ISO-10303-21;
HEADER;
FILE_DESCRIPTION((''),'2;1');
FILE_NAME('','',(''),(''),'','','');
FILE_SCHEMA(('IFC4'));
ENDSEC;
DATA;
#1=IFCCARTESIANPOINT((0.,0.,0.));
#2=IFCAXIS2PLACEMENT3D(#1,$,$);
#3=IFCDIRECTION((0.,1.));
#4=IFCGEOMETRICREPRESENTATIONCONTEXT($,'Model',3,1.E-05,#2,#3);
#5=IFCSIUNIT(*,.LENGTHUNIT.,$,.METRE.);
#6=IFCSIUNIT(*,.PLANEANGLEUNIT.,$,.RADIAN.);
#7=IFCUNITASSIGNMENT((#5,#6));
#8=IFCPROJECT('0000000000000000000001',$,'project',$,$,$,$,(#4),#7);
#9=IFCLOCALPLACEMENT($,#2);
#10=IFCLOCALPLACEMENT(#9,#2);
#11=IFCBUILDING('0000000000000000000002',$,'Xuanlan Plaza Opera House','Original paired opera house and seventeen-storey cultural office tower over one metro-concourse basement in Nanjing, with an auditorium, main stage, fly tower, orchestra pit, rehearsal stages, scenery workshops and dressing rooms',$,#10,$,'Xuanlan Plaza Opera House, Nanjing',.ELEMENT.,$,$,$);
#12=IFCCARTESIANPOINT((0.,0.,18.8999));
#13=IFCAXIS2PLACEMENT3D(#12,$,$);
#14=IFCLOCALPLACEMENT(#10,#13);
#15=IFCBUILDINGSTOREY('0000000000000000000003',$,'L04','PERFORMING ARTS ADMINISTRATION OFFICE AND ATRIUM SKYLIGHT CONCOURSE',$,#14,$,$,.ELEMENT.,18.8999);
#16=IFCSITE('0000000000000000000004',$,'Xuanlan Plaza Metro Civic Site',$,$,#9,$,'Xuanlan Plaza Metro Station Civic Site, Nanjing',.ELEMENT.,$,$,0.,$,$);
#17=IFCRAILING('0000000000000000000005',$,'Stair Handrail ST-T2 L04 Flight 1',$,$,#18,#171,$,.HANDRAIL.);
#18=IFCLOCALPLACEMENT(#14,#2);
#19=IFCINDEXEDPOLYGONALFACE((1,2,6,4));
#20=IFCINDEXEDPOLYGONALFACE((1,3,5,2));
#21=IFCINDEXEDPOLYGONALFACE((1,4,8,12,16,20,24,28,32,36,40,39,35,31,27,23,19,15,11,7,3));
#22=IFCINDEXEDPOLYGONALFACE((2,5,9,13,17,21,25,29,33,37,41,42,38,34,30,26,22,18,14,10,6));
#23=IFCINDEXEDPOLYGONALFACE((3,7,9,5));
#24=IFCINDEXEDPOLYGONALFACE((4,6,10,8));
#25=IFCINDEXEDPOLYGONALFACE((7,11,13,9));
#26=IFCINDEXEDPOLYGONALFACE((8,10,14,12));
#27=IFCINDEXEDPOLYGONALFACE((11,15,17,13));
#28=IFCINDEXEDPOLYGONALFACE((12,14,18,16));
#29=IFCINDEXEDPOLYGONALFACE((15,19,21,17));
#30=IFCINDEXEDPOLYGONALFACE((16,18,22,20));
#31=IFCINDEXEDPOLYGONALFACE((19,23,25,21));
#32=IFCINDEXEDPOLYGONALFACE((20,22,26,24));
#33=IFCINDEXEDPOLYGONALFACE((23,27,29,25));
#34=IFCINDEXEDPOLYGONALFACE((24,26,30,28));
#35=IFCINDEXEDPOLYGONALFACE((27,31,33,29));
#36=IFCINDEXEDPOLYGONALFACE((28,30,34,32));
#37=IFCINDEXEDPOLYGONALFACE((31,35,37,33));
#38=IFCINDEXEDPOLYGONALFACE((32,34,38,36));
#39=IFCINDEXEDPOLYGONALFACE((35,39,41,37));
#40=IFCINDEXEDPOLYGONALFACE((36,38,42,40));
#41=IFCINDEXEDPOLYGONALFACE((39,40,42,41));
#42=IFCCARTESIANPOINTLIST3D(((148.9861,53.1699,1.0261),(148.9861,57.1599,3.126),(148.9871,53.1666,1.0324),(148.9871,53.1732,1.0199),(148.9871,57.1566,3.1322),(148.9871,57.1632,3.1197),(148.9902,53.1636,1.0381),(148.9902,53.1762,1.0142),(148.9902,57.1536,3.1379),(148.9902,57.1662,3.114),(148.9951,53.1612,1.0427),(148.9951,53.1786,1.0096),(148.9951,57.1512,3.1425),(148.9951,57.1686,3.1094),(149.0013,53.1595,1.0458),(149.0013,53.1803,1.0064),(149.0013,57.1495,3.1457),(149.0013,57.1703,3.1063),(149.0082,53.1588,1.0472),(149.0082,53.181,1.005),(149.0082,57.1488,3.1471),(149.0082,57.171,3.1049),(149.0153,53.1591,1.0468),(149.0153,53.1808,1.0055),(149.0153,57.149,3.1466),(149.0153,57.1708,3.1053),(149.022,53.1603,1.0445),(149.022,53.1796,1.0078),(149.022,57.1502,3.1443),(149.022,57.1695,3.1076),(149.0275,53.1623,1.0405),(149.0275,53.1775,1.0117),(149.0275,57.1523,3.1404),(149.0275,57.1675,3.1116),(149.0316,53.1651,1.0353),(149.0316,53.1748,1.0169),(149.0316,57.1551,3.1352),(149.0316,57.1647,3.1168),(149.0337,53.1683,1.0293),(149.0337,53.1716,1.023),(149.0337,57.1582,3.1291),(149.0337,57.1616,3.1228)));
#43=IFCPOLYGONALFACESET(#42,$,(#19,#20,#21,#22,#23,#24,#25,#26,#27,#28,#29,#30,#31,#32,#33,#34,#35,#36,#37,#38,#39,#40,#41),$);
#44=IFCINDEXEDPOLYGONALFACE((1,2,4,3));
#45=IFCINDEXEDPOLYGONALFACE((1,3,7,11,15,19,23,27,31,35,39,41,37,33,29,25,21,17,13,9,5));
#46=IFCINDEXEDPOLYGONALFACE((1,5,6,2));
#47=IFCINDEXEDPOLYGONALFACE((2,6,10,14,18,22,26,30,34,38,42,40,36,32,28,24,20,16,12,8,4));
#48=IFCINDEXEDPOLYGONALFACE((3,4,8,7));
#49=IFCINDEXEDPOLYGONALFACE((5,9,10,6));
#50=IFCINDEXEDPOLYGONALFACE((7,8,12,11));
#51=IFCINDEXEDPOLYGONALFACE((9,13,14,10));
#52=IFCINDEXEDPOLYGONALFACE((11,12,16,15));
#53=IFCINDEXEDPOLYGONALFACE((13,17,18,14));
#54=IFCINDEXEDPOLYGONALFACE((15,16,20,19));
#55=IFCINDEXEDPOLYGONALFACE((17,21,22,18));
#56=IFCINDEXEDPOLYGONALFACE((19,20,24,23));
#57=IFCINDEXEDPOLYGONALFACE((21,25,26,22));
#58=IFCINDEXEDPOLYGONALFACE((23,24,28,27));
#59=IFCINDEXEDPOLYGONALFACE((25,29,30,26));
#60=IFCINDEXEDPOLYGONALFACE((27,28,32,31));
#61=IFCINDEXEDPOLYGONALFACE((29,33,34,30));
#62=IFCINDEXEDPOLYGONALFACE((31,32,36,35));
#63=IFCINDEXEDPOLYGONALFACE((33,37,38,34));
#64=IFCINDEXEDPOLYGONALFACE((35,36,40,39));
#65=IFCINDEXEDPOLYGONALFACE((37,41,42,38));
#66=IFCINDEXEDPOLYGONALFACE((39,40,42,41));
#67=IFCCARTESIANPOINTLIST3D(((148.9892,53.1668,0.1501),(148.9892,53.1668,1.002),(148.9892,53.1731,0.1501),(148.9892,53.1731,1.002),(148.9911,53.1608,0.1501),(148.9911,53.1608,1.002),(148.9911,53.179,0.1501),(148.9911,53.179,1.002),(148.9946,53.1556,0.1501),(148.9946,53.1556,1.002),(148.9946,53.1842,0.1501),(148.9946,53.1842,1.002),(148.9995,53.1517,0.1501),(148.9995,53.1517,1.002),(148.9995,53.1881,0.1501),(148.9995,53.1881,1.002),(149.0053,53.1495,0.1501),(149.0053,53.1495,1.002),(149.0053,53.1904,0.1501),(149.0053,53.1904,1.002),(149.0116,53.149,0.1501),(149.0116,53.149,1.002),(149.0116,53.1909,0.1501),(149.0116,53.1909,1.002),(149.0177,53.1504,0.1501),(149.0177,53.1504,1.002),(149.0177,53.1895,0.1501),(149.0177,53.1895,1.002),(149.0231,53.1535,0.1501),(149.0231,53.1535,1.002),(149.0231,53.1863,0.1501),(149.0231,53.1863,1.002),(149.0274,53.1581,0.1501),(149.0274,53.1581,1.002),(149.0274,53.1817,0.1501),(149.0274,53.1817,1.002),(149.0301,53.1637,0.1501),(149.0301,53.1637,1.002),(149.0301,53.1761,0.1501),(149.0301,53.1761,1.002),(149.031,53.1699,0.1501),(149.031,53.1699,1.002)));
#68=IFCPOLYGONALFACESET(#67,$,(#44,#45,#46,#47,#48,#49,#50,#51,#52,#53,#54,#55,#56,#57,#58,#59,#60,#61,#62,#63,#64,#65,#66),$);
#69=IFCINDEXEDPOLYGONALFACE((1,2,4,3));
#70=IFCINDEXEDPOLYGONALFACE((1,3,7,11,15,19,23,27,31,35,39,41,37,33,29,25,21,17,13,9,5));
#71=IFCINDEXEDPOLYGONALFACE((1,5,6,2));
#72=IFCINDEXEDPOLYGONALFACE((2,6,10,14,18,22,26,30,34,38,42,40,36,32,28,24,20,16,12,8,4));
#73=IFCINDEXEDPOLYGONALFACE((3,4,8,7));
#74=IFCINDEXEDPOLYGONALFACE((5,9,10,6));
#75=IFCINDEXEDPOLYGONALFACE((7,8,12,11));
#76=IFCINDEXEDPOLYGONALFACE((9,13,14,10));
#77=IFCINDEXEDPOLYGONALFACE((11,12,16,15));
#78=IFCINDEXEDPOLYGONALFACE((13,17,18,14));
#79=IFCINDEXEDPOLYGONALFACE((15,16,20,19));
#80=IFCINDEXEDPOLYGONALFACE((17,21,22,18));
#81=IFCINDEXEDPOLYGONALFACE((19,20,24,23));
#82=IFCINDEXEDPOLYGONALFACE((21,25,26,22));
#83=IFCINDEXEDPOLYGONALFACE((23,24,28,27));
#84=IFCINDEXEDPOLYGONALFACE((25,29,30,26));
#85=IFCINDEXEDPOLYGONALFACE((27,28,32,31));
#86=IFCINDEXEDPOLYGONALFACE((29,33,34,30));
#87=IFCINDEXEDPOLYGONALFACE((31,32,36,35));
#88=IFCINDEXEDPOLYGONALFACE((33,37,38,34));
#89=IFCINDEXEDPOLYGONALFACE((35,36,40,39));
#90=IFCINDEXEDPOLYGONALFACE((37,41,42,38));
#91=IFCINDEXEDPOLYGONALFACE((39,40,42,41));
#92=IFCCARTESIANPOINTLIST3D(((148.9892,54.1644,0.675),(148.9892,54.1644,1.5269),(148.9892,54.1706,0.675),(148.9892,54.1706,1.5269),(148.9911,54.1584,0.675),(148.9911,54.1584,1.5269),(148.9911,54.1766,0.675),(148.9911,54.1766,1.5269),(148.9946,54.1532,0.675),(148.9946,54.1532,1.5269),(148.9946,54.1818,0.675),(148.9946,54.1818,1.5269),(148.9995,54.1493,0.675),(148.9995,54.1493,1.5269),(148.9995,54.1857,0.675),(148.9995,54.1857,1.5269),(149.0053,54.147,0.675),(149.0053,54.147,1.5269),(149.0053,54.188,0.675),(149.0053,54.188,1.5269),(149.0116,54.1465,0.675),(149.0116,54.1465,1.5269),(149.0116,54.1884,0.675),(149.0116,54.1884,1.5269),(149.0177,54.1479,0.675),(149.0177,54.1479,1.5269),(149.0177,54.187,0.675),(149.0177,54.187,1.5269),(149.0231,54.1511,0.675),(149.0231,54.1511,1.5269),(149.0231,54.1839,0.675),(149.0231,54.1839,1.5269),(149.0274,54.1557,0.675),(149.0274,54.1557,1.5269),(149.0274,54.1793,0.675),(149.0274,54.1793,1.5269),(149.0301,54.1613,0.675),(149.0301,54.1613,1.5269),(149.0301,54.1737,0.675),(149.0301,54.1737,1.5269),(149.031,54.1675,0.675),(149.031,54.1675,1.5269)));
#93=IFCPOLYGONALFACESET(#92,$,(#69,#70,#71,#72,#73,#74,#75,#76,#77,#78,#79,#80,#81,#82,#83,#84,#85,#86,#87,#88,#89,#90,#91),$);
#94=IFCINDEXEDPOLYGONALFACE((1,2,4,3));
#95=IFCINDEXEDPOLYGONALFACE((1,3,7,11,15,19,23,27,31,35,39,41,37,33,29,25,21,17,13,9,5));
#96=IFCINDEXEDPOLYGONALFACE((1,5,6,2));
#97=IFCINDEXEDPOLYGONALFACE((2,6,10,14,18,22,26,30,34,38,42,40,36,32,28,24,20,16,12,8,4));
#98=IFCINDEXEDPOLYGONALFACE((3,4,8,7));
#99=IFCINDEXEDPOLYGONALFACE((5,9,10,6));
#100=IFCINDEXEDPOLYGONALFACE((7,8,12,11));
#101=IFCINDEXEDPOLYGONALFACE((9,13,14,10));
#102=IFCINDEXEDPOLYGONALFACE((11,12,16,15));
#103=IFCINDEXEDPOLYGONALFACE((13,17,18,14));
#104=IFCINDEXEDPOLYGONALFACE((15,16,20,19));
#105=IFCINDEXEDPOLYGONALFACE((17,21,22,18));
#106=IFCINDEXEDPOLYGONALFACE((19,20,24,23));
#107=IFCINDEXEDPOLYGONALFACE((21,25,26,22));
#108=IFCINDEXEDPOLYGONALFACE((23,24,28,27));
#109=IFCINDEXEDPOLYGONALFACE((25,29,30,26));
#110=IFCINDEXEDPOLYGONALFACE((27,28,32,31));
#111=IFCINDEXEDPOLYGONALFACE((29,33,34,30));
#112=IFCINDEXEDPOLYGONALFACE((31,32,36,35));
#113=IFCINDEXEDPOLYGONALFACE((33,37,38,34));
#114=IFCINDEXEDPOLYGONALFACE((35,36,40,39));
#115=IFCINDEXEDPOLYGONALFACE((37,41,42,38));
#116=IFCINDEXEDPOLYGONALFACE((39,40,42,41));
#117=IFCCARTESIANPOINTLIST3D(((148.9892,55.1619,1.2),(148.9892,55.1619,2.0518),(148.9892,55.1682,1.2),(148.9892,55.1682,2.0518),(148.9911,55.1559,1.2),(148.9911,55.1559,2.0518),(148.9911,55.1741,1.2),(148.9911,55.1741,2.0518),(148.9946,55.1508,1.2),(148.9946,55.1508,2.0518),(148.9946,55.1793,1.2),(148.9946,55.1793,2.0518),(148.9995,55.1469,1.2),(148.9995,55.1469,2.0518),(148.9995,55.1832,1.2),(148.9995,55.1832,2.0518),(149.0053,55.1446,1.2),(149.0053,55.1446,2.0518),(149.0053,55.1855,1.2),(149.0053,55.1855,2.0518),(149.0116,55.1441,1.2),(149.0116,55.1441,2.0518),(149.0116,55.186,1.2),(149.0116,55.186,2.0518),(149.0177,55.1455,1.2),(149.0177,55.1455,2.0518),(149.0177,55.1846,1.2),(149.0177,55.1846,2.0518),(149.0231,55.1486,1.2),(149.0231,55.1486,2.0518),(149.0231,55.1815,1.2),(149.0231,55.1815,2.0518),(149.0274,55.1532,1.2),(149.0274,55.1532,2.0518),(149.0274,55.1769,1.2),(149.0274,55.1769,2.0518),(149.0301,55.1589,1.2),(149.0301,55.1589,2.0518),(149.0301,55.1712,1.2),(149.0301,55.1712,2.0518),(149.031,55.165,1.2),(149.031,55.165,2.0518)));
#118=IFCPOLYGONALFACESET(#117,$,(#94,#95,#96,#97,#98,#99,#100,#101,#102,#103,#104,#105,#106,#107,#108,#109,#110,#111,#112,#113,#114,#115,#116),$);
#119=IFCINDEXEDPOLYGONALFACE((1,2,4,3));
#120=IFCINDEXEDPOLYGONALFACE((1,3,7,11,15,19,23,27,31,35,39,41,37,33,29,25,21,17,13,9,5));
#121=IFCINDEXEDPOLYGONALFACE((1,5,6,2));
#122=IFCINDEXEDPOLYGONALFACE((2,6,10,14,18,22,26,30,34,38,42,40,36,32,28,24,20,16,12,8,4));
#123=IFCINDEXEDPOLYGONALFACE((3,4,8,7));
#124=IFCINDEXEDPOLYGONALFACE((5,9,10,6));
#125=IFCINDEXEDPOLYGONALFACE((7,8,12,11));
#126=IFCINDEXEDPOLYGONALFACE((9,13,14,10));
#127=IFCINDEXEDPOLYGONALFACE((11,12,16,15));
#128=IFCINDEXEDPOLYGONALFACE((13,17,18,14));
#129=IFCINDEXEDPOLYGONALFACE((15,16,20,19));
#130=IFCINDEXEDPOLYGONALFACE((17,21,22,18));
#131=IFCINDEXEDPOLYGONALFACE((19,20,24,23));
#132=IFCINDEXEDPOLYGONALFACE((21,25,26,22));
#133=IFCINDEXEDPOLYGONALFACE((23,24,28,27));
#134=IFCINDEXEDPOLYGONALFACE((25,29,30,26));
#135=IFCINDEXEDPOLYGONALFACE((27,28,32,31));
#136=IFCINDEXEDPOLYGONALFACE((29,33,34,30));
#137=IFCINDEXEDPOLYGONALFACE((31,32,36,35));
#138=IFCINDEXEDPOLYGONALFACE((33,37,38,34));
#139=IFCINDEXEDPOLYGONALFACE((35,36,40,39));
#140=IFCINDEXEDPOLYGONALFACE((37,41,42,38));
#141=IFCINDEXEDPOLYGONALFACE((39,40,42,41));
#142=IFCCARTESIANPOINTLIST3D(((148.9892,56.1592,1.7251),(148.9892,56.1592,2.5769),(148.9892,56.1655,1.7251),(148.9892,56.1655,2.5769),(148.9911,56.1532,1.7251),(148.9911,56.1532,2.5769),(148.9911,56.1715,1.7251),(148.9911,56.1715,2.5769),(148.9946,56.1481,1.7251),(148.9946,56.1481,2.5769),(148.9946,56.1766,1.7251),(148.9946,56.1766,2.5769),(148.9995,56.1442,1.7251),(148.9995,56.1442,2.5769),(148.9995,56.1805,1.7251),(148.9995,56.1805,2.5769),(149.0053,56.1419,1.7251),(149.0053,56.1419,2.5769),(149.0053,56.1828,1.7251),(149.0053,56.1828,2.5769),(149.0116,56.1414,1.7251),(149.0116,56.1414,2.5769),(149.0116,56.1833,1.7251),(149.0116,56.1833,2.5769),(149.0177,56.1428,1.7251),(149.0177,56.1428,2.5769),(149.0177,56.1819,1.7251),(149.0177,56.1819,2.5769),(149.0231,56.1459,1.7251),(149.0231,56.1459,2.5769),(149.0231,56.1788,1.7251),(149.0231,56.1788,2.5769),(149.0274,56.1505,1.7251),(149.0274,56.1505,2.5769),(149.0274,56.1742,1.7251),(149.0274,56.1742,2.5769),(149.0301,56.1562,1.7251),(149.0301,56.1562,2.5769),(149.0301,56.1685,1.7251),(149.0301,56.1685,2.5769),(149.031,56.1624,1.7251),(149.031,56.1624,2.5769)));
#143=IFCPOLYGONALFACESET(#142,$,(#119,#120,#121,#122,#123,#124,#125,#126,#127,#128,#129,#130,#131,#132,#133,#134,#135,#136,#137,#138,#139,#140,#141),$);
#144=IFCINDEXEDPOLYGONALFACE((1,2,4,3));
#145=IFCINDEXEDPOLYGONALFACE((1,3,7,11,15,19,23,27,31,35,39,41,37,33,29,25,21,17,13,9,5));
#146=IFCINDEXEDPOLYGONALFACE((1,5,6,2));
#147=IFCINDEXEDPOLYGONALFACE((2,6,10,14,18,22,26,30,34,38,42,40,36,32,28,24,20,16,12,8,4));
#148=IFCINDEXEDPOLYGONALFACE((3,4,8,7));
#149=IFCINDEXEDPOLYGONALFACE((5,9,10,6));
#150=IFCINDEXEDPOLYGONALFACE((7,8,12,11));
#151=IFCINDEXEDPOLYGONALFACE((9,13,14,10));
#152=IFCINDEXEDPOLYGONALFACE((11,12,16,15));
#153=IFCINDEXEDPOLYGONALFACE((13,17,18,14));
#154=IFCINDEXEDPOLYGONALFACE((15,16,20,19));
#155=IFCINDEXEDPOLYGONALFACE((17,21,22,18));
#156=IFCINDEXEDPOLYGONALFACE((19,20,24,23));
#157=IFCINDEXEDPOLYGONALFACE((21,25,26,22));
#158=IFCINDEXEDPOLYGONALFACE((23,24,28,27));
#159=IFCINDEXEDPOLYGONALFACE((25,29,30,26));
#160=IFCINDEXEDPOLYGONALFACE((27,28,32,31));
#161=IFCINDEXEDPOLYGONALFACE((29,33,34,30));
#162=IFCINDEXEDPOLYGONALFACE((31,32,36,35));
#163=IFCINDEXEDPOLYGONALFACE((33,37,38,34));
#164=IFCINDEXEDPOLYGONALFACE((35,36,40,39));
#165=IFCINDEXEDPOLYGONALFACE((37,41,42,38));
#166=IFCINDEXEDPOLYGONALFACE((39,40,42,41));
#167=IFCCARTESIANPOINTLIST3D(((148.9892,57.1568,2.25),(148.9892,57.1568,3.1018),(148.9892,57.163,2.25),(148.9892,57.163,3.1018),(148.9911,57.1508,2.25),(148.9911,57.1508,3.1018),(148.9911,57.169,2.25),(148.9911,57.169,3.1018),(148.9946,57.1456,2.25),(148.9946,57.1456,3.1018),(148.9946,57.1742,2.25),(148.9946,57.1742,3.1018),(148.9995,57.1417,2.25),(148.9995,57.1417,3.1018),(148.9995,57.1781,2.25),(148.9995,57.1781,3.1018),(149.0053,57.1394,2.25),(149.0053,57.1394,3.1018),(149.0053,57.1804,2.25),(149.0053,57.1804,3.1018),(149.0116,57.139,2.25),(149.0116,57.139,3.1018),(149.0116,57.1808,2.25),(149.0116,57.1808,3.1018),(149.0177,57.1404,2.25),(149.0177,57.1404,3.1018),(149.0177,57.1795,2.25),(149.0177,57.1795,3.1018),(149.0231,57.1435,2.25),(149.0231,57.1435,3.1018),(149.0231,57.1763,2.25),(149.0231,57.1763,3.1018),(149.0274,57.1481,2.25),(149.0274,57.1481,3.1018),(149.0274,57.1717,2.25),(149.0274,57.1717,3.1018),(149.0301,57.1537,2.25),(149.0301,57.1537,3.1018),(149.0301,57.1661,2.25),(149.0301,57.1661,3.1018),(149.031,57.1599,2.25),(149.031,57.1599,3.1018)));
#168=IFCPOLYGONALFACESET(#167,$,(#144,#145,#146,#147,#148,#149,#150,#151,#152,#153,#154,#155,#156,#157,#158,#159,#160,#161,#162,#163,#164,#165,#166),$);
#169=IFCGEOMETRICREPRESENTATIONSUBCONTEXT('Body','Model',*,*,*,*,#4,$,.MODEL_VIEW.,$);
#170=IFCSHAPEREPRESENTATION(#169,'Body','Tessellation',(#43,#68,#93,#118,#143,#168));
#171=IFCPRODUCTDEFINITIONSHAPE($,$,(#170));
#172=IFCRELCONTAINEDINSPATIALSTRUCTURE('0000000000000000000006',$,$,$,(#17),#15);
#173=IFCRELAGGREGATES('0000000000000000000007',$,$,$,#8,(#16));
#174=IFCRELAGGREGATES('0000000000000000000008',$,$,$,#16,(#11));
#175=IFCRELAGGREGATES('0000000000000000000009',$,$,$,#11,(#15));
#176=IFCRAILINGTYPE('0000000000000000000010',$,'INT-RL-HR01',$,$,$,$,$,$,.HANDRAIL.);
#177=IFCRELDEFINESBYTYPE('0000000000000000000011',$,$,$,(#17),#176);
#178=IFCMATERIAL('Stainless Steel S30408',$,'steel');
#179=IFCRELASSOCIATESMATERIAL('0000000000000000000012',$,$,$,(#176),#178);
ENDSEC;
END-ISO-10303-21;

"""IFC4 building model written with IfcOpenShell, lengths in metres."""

from ifc_helpers import new_model, si_unit, direction, frame, origin, origin_2d, place, context, subcontext, project, spatial, circle, extrude, material, type_object, element, save


model = new_model("IFC4")

# Units and contexts
model_context = context("Model", 3, precision=1e-05, world=origin(), true_north=direction((0.0, 1.0)))
body_context = subcontext(model_context, "Body", "Model", "MODEL_VIEW")
ifc_project = project(units=[si_unit("LENGTHUNIT", "METRE"), si_unit("PLANEANGLEUNIT", "RADIAN")], contexts=[model_context])

# Site, building, storey
site_placement = place(None, origin())
site = spatial("IfcSite", under=ifc_project, at=site_placement, Name="Xuanlan Plaza Metro Civic Site", LongName="Xuanlan Plaza Metro Station Civic Site, Nanjing", CompositionType="ELEMENT", RefElevation=0.0)
building_placement = place(site_placement, origin())
building = spatial("IfcBuilding", under=site, at=building_placement, Name="Xuanlan Plaza Opera House", Description="Original paired opera house and seventeen-storey cultural office tower over one metro-concourse basement in Nanjing, with an auditorium, main stage, fly tower, orchestra pit, rehearsal stages, scenery workshops and dressing rooms", LongName="Xuanlan Plaza Opera House, Nanjing", CompositionType="ELEMENT")
storey_placement = place(building_placement, frame((0.0, 0.0, 18.8999)))
storey = spatial("IfcBuildingStorey", under=building, at=storey_placement, Name="L04", Description="PERFORMING ARTS ADMINISTRATION OFFICE AND ATRIUM SKYLIGHT CONCOURSE", CompositionType="ELEMENT", Elevation=18.8999)

# Shared definitions
ifc_material_1 = material(Name="Stainless Steel S30408", Category="steel")

# Railing
railing_type = type_object("IfcRailingType", Name="INT-RL-HR01", PredefinedType="HANDRAIL", material=ifc_material_1)
railing_placement = place(storey_placement, frame((149.01, 53.1699, 0.1501)))
element("IfcRailing", 1, at=railing_placement, inside=storey, type_object=railing_type, Name="Stair Handrail ST-T2 L04 Flight 1", PredefinedType="HANDRAIL", context=body_context, shape_type="SweptSolid", body=[
    extrude(circle(Radius=0.0239, at=origin_2d()), frame((0.0, 0.0, 0.876), z_axis=(0.0, 0.884931, 0.465722), x_axis=(-1.0, 0.0, 0.0)), (0.0, 0.0, 1.0), 4.5088),
    extrude(circle(Radius=0.021, at=origin_2d()), origin(), (0.0, 0.0, 1.0), 0.8518),
    extrude(circle(Radius=0.021, at=origin_2d()), frame((0.0, 0.9976, 0.5249)), (0.0, 0.0, 1.0), 0.8518),
    extrude(circle(Radius=0.021, at=origin_2d()), frame((0.0, 1.9951, 1.0498)), (0.0, 0.0, 1.0), 0.8518),
    extrude(circle(Radius=0.021, at=origin_2d()), frame((0.0, 2.9924, 1.575)), (0.0, 0.0, 1.0), 0.8518),
    extrude(circle(Radius=0.021, at=origin_2d()), frame((0.0, 3.99, 2.0999)), (0.0, 0.0, 1.0), 0.8518),
])

save(model, "model.ifc")
